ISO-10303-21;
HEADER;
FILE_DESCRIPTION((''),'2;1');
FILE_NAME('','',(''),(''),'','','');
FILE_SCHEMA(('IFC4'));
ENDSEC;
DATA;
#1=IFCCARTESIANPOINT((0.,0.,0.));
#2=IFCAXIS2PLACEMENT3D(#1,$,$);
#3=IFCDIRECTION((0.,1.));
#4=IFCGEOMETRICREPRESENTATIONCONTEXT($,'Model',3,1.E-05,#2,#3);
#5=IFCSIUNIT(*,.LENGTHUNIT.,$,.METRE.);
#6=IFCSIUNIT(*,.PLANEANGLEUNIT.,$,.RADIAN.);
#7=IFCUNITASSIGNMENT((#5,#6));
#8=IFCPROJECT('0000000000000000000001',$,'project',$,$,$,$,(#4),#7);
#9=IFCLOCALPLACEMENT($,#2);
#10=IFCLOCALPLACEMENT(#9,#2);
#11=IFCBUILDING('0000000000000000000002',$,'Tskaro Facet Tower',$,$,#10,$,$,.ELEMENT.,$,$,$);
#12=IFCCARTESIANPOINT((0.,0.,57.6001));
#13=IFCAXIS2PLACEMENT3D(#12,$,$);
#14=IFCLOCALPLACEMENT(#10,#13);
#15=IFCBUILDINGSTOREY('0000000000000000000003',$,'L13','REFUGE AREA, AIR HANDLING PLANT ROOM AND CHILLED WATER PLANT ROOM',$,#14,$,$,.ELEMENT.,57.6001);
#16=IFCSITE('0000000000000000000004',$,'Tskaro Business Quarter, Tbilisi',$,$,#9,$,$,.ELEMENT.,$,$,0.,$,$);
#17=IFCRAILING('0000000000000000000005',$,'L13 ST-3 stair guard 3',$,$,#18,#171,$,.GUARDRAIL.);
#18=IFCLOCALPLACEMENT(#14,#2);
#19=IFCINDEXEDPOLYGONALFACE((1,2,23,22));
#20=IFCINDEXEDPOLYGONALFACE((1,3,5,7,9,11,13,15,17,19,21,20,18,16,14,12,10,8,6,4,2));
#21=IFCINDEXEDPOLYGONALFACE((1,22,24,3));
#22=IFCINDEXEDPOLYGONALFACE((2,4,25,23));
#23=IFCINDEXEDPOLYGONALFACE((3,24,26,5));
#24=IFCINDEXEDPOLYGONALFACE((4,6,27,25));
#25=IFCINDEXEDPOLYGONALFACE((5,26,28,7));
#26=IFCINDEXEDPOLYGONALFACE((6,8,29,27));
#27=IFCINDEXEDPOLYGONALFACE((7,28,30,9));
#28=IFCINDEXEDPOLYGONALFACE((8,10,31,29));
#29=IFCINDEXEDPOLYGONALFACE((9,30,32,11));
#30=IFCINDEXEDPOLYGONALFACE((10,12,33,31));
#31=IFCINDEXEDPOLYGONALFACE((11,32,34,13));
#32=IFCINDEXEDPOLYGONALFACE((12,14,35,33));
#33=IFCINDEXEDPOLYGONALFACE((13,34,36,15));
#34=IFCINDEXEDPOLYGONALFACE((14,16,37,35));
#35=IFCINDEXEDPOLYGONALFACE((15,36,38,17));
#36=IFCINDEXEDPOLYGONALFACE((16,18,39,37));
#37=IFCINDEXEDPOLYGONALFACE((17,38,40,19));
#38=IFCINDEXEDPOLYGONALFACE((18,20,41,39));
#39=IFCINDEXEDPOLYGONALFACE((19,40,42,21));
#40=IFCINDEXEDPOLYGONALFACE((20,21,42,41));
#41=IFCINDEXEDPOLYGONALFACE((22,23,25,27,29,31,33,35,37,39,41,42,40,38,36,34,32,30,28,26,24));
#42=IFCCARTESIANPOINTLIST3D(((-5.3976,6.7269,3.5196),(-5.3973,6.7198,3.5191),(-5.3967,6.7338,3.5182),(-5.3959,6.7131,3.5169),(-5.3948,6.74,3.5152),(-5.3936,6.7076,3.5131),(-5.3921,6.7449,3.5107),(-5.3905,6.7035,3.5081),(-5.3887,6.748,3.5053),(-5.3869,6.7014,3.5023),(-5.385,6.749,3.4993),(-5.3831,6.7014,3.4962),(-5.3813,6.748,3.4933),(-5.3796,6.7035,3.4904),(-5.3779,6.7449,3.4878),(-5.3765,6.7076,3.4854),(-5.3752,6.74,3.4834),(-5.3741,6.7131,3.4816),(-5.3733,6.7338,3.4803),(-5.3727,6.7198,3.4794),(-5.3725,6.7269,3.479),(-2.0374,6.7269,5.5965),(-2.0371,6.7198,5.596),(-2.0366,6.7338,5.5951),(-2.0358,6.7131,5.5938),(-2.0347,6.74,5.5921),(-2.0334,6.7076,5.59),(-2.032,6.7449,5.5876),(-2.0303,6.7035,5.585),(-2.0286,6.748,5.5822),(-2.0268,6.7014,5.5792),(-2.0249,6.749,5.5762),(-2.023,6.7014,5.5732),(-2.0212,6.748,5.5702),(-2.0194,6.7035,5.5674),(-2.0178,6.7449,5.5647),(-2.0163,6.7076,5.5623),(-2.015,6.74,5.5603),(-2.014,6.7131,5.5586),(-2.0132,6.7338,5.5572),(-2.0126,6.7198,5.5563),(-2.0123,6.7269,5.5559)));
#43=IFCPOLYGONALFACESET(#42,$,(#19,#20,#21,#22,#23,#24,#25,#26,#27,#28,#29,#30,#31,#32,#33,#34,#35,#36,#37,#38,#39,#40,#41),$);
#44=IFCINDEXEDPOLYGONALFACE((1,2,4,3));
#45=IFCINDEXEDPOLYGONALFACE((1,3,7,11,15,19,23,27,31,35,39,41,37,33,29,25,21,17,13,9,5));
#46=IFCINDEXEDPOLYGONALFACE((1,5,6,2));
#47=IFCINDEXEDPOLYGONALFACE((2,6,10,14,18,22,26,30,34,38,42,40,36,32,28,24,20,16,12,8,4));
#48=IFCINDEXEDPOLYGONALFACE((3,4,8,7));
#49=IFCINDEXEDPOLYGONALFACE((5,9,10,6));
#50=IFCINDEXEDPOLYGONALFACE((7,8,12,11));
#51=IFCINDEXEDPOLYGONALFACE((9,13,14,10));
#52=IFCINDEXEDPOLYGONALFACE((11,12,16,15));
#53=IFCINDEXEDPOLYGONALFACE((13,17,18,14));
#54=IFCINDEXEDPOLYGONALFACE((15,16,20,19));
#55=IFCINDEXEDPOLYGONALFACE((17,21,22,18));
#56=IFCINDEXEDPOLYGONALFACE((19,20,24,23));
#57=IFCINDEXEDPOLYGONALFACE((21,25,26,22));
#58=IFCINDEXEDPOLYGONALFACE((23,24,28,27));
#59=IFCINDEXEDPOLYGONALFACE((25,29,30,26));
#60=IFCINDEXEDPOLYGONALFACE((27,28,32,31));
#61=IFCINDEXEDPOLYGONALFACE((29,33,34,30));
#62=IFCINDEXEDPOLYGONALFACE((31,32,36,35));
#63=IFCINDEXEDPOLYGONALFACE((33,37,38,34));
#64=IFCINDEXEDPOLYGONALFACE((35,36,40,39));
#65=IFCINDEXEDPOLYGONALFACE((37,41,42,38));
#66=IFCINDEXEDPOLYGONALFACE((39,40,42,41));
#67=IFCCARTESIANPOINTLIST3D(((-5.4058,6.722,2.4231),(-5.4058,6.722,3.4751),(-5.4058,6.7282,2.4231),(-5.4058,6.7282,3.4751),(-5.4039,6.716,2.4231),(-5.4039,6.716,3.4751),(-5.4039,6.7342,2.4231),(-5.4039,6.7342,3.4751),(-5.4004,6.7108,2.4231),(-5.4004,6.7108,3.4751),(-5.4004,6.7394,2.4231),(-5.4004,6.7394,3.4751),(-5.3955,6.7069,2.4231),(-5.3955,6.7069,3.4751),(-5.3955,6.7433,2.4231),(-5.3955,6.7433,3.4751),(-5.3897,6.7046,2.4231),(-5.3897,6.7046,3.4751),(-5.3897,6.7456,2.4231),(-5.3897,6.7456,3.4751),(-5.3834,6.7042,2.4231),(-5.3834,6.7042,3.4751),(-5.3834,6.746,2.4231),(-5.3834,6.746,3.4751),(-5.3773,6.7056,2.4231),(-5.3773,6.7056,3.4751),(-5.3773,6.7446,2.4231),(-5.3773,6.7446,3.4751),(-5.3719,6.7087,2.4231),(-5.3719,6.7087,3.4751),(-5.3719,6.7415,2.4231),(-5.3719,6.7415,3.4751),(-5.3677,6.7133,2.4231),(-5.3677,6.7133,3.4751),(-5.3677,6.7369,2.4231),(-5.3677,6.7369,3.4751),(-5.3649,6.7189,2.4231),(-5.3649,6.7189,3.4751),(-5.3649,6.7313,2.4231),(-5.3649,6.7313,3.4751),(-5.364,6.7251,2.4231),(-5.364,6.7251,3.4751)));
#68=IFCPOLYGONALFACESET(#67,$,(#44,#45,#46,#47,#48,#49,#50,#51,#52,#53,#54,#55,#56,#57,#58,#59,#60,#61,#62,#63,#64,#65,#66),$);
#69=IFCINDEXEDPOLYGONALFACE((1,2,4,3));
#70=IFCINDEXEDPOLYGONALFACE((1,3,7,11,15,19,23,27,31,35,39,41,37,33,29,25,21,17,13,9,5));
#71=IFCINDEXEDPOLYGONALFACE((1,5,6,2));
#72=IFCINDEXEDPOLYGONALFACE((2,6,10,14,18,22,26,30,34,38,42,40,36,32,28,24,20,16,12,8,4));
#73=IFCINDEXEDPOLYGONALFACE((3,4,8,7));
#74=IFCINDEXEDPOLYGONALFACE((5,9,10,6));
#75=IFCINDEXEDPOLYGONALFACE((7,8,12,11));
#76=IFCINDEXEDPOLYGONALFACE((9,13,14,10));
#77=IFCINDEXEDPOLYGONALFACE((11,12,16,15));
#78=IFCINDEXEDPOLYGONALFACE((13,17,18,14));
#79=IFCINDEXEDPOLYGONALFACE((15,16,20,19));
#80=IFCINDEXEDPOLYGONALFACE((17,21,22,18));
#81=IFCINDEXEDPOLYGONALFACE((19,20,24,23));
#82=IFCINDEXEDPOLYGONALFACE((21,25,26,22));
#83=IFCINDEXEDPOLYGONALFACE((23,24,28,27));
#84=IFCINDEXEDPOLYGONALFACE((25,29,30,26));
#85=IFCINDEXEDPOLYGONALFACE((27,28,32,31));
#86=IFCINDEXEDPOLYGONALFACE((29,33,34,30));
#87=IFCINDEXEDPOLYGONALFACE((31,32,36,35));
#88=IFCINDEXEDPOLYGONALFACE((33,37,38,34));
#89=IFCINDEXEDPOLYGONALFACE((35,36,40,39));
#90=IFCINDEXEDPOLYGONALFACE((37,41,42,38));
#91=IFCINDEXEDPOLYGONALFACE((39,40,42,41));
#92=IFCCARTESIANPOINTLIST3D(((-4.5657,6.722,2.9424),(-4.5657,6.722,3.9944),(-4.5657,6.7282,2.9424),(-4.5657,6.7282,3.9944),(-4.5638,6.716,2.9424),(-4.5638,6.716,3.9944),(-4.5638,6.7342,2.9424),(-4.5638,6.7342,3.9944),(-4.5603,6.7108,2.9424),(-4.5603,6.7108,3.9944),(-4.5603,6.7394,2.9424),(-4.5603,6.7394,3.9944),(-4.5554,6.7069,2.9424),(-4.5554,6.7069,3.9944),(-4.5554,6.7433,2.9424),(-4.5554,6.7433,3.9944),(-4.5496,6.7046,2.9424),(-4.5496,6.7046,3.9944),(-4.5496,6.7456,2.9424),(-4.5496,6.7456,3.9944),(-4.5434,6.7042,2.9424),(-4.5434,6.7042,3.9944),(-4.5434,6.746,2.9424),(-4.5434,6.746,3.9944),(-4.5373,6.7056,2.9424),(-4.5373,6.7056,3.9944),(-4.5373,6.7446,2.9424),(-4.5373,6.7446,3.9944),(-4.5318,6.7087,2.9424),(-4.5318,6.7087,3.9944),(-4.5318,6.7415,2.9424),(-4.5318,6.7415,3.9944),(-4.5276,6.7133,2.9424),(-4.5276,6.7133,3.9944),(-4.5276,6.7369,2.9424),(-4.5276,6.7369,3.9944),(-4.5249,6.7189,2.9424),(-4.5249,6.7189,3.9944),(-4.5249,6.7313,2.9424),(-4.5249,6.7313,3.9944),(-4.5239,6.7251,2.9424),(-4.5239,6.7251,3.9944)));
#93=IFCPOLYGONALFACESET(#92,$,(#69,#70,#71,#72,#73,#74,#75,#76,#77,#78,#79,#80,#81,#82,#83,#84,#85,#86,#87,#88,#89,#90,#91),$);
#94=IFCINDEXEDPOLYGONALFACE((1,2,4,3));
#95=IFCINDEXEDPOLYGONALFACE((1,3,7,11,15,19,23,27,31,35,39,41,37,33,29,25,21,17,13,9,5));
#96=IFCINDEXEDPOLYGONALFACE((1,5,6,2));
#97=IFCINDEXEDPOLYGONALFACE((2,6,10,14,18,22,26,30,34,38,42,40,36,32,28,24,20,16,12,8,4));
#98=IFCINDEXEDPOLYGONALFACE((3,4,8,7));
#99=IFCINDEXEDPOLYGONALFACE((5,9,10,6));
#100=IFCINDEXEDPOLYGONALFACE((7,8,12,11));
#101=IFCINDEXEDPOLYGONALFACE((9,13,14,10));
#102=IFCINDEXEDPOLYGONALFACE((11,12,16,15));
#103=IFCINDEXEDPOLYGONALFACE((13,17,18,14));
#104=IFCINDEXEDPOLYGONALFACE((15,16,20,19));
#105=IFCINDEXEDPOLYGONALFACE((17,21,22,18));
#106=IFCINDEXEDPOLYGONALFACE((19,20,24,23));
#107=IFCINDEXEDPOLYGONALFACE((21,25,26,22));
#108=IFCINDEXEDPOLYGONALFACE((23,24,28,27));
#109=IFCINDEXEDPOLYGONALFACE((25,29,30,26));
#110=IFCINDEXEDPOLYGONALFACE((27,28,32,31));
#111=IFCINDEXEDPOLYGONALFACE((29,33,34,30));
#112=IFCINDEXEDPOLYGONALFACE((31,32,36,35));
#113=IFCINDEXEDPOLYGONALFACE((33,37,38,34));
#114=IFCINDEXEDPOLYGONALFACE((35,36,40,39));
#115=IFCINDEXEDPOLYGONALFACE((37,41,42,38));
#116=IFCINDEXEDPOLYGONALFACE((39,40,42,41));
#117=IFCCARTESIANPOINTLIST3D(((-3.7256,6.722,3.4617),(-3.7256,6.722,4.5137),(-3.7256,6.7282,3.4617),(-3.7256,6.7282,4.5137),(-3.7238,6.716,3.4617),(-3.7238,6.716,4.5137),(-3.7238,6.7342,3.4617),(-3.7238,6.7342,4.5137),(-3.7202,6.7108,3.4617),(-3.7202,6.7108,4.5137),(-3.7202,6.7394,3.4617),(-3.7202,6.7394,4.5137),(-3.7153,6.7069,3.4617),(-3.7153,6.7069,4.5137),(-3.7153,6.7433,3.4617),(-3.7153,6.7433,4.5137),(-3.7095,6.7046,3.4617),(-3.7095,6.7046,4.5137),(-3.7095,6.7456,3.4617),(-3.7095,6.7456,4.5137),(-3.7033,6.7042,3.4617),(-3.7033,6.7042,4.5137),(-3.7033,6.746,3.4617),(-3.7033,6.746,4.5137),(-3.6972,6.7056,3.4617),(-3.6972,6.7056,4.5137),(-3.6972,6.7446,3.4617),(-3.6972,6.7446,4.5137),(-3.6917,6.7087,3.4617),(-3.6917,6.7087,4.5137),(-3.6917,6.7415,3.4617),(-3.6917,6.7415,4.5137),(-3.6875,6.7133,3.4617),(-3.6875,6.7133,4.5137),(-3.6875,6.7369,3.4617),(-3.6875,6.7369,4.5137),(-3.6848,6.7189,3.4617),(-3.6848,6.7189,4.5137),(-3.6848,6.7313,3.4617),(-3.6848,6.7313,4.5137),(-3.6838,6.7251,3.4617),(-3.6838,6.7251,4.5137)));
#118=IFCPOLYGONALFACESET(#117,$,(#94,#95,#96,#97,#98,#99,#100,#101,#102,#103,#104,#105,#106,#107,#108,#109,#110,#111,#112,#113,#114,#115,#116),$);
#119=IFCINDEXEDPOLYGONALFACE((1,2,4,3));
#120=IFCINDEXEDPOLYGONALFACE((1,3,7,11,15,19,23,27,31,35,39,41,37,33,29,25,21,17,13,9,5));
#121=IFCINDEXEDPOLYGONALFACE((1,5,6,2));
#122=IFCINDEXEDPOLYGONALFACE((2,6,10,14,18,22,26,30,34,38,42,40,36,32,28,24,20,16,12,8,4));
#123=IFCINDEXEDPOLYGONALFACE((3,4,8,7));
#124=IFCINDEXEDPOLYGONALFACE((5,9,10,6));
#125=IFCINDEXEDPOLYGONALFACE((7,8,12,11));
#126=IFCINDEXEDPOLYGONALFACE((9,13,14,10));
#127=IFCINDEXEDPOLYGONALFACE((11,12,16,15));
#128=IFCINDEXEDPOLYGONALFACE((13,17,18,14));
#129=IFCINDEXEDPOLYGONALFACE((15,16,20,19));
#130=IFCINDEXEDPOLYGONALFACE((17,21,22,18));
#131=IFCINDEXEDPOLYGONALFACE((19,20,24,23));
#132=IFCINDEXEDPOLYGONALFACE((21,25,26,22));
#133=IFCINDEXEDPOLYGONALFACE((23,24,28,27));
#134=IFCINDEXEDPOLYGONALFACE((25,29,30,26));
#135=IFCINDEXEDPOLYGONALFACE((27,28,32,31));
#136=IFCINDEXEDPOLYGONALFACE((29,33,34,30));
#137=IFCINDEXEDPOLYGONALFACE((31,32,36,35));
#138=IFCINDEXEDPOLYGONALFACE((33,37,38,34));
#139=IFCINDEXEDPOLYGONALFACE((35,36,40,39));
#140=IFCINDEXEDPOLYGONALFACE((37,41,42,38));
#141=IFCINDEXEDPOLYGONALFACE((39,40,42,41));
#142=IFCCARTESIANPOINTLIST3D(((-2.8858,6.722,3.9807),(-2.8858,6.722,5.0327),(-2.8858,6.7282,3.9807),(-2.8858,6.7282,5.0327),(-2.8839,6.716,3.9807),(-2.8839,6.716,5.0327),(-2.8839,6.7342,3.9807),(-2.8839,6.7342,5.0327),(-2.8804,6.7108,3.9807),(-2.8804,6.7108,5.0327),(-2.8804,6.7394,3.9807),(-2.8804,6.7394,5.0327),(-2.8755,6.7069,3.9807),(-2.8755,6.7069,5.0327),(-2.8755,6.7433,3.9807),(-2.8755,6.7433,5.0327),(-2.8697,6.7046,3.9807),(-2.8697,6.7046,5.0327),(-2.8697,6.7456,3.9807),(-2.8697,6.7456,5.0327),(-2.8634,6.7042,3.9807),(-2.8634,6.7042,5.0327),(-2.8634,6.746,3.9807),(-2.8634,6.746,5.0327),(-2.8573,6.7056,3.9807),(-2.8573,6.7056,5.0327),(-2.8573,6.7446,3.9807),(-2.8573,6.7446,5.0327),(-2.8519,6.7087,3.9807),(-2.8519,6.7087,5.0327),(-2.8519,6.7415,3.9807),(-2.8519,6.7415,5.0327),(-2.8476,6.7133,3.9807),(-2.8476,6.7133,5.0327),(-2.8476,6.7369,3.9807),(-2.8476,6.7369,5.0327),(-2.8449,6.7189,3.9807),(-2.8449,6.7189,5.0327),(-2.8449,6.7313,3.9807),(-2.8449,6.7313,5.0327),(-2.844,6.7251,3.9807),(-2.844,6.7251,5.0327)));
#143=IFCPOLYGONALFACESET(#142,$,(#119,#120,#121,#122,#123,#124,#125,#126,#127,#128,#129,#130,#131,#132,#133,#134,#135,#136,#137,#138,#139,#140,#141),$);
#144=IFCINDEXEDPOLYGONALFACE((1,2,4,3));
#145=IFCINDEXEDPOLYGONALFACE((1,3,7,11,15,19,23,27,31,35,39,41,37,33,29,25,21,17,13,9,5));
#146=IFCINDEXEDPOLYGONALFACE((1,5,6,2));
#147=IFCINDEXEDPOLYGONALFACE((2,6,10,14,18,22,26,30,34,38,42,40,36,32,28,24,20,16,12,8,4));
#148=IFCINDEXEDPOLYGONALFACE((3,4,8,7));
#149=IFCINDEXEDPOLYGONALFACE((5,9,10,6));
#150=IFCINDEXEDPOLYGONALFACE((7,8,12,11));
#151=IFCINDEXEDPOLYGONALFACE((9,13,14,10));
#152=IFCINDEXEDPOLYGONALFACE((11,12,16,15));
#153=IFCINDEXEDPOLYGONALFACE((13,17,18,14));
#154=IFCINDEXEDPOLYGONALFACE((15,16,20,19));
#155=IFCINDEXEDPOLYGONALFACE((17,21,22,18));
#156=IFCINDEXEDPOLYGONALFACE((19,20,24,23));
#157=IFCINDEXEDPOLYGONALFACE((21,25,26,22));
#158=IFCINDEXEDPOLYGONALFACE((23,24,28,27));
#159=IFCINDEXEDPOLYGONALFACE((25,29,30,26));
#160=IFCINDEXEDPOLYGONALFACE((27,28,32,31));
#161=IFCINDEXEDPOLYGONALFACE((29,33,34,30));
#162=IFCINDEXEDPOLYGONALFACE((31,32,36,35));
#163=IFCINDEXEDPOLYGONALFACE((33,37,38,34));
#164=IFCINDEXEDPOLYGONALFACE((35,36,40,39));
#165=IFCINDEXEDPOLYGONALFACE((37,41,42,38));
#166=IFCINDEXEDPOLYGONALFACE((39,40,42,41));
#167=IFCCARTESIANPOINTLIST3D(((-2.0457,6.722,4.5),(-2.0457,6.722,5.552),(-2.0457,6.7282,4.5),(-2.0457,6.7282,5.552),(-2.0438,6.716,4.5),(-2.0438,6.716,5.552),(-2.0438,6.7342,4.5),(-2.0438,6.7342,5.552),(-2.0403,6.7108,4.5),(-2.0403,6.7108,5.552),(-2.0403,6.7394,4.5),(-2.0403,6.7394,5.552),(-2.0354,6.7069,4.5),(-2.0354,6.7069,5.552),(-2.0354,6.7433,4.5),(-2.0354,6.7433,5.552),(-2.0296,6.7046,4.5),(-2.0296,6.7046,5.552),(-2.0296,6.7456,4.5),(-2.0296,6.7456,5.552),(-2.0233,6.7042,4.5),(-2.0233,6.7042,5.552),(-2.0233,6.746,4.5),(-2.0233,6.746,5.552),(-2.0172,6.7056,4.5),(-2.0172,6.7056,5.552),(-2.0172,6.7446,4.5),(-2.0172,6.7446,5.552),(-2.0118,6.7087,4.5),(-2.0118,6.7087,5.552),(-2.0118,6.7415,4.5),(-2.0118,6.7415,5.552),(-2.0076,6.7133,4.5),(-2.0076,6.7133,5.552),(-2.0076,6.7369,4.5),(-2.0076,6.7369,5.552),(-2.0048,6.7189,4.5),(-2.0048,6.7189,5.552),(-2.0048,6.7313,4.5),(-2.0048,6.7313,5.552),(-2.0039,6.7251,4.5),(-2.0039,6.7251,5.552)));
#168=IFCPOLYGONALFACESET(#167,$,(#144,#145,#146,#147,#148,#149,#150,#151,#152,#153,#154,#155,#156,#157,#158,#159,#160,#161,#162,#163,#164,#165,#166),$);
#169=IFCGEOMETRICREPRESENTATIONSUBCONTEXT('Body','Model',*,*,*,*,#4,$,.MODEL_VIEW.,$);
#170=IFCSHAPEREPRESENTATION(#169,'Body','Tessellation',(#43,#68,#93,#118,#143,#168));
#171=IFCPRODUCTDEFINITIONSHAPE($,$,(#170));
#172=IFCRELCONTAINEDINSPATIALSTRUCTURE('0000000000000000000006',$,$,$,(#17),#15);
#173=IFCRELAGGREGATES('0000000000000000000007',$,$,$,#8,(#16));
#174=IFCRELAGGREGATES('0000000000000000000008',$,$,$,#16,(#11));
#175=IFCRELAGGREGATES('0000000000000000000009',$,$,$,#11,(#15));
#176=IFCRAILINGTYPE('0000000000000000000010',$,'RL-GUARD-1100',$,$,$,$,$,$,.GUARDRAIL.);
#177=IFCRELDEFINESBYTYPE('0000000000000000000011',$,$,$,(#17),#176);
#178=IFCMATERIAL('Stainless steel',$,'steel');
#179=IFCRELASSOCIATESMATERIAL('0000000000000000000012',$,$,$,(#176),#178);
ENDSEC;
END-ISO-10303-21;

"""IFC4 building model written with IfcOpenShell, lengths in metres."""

from ifc_helpers import new_model, si_unit, direction, frame, origin, origin_2d, place, context, subcontext, project, spatial, circle, extrude, material, type_object, element, save


model = new_model("IFC4")

# Units and contexts
model_context = context("Model", 3, precision=1e-05, world=origin(), true_north=direction((0.0, 1.0)))
body_context = subcontext(model_context, "Body", "Model", "MODEL_VIEW")
ifc_project = project(units=[si_unit("LENGTHUNIT", "METRE"), si_unit("PLANEANGLEUNIT", "RADIAN")], contexts=[model_context])

# Site, building, storey
site_placement = place(None, origin())
site = spatial("IfcSite", under=ifc_project, at=site_placement, Name="Tskaro Business Quarter, Tbilisi", CompositionType="ELEMENT", RefElevation=0.0)
building_placement = place(site_placement, origin())
building = spatial("IfcBuilding", under=site, at=building_placement, Name="Tskaro Facet Tower", CompositionType="ELEMENT")
storey_placement = place(building_placement, frame((0.0, 0.0, 57.6001)))
storey = spatial("IfcBuildingStorey", under=building, at=storey_placement, Name="L13", Description="REFUGE AREA, AIR HANDLING PLANT ROOM AND CHILLED WATER PLANT ROOM", CompositionType="ELEMENT", Elevation=57.6001)

# Railing
ifc_material_1 = material(Name="Stainless steel", Category="steel")
railing_type = type_object("IfcRailingType", Name="RL-GUARD-1100", PredefinedType="GUARDRAIL", material=ifc_material_1)
railing_1_placement = place(storey_placement, frame((-5.385, 6.7251, 2.4231)))
element("IfcRailing", 1, at=railing_1_placement, inside=storey, type_object=railing_type, Name="L13 ST-3 stair guard 3", PredefinedType="GUARDRAIL", context=body_context, shape_type="SweptSolid", body=[
    extrude(circle(Radius=0.0239, at=origin_2d()), frame((0.0, 0.0, 1.0762), z_axis=(0.850623, 0.0, 0.525776), x_axis=(0.0, 1.0, 0.0)), (0.0, 0.0, 1.0), 3.9502),
    extrude(circle(Radius=0.021, at=origin_2d()), origin(), (0.0, 0.0, 1.0), 1.052),
    extrude(circle(Radius=0.021, at=origin_2d()), frame((0.8401, 0.0, 0.5193)), (0.0, 0.0, 1.0), 1.052),
    extrude(circle(Radius=0.021, at=origin_2d()), frame((1.6802, 0.0, 1.0386)), (0.0, 0.0, 1.0), 1.052),
    extrude(circle(Radius=0.021, at=origin_2d()), frame((2.52, 0.0, 1.5576)), (0.0, 0.0, 1.0), 1.052),
    extrude(circle(Radius=0.021, at=origin_2d()), frame((3.3601, 0.0, 2.0769)), (0.0, 0.0, 1.0), 1.052),
])

save(model, "model.ifc")
